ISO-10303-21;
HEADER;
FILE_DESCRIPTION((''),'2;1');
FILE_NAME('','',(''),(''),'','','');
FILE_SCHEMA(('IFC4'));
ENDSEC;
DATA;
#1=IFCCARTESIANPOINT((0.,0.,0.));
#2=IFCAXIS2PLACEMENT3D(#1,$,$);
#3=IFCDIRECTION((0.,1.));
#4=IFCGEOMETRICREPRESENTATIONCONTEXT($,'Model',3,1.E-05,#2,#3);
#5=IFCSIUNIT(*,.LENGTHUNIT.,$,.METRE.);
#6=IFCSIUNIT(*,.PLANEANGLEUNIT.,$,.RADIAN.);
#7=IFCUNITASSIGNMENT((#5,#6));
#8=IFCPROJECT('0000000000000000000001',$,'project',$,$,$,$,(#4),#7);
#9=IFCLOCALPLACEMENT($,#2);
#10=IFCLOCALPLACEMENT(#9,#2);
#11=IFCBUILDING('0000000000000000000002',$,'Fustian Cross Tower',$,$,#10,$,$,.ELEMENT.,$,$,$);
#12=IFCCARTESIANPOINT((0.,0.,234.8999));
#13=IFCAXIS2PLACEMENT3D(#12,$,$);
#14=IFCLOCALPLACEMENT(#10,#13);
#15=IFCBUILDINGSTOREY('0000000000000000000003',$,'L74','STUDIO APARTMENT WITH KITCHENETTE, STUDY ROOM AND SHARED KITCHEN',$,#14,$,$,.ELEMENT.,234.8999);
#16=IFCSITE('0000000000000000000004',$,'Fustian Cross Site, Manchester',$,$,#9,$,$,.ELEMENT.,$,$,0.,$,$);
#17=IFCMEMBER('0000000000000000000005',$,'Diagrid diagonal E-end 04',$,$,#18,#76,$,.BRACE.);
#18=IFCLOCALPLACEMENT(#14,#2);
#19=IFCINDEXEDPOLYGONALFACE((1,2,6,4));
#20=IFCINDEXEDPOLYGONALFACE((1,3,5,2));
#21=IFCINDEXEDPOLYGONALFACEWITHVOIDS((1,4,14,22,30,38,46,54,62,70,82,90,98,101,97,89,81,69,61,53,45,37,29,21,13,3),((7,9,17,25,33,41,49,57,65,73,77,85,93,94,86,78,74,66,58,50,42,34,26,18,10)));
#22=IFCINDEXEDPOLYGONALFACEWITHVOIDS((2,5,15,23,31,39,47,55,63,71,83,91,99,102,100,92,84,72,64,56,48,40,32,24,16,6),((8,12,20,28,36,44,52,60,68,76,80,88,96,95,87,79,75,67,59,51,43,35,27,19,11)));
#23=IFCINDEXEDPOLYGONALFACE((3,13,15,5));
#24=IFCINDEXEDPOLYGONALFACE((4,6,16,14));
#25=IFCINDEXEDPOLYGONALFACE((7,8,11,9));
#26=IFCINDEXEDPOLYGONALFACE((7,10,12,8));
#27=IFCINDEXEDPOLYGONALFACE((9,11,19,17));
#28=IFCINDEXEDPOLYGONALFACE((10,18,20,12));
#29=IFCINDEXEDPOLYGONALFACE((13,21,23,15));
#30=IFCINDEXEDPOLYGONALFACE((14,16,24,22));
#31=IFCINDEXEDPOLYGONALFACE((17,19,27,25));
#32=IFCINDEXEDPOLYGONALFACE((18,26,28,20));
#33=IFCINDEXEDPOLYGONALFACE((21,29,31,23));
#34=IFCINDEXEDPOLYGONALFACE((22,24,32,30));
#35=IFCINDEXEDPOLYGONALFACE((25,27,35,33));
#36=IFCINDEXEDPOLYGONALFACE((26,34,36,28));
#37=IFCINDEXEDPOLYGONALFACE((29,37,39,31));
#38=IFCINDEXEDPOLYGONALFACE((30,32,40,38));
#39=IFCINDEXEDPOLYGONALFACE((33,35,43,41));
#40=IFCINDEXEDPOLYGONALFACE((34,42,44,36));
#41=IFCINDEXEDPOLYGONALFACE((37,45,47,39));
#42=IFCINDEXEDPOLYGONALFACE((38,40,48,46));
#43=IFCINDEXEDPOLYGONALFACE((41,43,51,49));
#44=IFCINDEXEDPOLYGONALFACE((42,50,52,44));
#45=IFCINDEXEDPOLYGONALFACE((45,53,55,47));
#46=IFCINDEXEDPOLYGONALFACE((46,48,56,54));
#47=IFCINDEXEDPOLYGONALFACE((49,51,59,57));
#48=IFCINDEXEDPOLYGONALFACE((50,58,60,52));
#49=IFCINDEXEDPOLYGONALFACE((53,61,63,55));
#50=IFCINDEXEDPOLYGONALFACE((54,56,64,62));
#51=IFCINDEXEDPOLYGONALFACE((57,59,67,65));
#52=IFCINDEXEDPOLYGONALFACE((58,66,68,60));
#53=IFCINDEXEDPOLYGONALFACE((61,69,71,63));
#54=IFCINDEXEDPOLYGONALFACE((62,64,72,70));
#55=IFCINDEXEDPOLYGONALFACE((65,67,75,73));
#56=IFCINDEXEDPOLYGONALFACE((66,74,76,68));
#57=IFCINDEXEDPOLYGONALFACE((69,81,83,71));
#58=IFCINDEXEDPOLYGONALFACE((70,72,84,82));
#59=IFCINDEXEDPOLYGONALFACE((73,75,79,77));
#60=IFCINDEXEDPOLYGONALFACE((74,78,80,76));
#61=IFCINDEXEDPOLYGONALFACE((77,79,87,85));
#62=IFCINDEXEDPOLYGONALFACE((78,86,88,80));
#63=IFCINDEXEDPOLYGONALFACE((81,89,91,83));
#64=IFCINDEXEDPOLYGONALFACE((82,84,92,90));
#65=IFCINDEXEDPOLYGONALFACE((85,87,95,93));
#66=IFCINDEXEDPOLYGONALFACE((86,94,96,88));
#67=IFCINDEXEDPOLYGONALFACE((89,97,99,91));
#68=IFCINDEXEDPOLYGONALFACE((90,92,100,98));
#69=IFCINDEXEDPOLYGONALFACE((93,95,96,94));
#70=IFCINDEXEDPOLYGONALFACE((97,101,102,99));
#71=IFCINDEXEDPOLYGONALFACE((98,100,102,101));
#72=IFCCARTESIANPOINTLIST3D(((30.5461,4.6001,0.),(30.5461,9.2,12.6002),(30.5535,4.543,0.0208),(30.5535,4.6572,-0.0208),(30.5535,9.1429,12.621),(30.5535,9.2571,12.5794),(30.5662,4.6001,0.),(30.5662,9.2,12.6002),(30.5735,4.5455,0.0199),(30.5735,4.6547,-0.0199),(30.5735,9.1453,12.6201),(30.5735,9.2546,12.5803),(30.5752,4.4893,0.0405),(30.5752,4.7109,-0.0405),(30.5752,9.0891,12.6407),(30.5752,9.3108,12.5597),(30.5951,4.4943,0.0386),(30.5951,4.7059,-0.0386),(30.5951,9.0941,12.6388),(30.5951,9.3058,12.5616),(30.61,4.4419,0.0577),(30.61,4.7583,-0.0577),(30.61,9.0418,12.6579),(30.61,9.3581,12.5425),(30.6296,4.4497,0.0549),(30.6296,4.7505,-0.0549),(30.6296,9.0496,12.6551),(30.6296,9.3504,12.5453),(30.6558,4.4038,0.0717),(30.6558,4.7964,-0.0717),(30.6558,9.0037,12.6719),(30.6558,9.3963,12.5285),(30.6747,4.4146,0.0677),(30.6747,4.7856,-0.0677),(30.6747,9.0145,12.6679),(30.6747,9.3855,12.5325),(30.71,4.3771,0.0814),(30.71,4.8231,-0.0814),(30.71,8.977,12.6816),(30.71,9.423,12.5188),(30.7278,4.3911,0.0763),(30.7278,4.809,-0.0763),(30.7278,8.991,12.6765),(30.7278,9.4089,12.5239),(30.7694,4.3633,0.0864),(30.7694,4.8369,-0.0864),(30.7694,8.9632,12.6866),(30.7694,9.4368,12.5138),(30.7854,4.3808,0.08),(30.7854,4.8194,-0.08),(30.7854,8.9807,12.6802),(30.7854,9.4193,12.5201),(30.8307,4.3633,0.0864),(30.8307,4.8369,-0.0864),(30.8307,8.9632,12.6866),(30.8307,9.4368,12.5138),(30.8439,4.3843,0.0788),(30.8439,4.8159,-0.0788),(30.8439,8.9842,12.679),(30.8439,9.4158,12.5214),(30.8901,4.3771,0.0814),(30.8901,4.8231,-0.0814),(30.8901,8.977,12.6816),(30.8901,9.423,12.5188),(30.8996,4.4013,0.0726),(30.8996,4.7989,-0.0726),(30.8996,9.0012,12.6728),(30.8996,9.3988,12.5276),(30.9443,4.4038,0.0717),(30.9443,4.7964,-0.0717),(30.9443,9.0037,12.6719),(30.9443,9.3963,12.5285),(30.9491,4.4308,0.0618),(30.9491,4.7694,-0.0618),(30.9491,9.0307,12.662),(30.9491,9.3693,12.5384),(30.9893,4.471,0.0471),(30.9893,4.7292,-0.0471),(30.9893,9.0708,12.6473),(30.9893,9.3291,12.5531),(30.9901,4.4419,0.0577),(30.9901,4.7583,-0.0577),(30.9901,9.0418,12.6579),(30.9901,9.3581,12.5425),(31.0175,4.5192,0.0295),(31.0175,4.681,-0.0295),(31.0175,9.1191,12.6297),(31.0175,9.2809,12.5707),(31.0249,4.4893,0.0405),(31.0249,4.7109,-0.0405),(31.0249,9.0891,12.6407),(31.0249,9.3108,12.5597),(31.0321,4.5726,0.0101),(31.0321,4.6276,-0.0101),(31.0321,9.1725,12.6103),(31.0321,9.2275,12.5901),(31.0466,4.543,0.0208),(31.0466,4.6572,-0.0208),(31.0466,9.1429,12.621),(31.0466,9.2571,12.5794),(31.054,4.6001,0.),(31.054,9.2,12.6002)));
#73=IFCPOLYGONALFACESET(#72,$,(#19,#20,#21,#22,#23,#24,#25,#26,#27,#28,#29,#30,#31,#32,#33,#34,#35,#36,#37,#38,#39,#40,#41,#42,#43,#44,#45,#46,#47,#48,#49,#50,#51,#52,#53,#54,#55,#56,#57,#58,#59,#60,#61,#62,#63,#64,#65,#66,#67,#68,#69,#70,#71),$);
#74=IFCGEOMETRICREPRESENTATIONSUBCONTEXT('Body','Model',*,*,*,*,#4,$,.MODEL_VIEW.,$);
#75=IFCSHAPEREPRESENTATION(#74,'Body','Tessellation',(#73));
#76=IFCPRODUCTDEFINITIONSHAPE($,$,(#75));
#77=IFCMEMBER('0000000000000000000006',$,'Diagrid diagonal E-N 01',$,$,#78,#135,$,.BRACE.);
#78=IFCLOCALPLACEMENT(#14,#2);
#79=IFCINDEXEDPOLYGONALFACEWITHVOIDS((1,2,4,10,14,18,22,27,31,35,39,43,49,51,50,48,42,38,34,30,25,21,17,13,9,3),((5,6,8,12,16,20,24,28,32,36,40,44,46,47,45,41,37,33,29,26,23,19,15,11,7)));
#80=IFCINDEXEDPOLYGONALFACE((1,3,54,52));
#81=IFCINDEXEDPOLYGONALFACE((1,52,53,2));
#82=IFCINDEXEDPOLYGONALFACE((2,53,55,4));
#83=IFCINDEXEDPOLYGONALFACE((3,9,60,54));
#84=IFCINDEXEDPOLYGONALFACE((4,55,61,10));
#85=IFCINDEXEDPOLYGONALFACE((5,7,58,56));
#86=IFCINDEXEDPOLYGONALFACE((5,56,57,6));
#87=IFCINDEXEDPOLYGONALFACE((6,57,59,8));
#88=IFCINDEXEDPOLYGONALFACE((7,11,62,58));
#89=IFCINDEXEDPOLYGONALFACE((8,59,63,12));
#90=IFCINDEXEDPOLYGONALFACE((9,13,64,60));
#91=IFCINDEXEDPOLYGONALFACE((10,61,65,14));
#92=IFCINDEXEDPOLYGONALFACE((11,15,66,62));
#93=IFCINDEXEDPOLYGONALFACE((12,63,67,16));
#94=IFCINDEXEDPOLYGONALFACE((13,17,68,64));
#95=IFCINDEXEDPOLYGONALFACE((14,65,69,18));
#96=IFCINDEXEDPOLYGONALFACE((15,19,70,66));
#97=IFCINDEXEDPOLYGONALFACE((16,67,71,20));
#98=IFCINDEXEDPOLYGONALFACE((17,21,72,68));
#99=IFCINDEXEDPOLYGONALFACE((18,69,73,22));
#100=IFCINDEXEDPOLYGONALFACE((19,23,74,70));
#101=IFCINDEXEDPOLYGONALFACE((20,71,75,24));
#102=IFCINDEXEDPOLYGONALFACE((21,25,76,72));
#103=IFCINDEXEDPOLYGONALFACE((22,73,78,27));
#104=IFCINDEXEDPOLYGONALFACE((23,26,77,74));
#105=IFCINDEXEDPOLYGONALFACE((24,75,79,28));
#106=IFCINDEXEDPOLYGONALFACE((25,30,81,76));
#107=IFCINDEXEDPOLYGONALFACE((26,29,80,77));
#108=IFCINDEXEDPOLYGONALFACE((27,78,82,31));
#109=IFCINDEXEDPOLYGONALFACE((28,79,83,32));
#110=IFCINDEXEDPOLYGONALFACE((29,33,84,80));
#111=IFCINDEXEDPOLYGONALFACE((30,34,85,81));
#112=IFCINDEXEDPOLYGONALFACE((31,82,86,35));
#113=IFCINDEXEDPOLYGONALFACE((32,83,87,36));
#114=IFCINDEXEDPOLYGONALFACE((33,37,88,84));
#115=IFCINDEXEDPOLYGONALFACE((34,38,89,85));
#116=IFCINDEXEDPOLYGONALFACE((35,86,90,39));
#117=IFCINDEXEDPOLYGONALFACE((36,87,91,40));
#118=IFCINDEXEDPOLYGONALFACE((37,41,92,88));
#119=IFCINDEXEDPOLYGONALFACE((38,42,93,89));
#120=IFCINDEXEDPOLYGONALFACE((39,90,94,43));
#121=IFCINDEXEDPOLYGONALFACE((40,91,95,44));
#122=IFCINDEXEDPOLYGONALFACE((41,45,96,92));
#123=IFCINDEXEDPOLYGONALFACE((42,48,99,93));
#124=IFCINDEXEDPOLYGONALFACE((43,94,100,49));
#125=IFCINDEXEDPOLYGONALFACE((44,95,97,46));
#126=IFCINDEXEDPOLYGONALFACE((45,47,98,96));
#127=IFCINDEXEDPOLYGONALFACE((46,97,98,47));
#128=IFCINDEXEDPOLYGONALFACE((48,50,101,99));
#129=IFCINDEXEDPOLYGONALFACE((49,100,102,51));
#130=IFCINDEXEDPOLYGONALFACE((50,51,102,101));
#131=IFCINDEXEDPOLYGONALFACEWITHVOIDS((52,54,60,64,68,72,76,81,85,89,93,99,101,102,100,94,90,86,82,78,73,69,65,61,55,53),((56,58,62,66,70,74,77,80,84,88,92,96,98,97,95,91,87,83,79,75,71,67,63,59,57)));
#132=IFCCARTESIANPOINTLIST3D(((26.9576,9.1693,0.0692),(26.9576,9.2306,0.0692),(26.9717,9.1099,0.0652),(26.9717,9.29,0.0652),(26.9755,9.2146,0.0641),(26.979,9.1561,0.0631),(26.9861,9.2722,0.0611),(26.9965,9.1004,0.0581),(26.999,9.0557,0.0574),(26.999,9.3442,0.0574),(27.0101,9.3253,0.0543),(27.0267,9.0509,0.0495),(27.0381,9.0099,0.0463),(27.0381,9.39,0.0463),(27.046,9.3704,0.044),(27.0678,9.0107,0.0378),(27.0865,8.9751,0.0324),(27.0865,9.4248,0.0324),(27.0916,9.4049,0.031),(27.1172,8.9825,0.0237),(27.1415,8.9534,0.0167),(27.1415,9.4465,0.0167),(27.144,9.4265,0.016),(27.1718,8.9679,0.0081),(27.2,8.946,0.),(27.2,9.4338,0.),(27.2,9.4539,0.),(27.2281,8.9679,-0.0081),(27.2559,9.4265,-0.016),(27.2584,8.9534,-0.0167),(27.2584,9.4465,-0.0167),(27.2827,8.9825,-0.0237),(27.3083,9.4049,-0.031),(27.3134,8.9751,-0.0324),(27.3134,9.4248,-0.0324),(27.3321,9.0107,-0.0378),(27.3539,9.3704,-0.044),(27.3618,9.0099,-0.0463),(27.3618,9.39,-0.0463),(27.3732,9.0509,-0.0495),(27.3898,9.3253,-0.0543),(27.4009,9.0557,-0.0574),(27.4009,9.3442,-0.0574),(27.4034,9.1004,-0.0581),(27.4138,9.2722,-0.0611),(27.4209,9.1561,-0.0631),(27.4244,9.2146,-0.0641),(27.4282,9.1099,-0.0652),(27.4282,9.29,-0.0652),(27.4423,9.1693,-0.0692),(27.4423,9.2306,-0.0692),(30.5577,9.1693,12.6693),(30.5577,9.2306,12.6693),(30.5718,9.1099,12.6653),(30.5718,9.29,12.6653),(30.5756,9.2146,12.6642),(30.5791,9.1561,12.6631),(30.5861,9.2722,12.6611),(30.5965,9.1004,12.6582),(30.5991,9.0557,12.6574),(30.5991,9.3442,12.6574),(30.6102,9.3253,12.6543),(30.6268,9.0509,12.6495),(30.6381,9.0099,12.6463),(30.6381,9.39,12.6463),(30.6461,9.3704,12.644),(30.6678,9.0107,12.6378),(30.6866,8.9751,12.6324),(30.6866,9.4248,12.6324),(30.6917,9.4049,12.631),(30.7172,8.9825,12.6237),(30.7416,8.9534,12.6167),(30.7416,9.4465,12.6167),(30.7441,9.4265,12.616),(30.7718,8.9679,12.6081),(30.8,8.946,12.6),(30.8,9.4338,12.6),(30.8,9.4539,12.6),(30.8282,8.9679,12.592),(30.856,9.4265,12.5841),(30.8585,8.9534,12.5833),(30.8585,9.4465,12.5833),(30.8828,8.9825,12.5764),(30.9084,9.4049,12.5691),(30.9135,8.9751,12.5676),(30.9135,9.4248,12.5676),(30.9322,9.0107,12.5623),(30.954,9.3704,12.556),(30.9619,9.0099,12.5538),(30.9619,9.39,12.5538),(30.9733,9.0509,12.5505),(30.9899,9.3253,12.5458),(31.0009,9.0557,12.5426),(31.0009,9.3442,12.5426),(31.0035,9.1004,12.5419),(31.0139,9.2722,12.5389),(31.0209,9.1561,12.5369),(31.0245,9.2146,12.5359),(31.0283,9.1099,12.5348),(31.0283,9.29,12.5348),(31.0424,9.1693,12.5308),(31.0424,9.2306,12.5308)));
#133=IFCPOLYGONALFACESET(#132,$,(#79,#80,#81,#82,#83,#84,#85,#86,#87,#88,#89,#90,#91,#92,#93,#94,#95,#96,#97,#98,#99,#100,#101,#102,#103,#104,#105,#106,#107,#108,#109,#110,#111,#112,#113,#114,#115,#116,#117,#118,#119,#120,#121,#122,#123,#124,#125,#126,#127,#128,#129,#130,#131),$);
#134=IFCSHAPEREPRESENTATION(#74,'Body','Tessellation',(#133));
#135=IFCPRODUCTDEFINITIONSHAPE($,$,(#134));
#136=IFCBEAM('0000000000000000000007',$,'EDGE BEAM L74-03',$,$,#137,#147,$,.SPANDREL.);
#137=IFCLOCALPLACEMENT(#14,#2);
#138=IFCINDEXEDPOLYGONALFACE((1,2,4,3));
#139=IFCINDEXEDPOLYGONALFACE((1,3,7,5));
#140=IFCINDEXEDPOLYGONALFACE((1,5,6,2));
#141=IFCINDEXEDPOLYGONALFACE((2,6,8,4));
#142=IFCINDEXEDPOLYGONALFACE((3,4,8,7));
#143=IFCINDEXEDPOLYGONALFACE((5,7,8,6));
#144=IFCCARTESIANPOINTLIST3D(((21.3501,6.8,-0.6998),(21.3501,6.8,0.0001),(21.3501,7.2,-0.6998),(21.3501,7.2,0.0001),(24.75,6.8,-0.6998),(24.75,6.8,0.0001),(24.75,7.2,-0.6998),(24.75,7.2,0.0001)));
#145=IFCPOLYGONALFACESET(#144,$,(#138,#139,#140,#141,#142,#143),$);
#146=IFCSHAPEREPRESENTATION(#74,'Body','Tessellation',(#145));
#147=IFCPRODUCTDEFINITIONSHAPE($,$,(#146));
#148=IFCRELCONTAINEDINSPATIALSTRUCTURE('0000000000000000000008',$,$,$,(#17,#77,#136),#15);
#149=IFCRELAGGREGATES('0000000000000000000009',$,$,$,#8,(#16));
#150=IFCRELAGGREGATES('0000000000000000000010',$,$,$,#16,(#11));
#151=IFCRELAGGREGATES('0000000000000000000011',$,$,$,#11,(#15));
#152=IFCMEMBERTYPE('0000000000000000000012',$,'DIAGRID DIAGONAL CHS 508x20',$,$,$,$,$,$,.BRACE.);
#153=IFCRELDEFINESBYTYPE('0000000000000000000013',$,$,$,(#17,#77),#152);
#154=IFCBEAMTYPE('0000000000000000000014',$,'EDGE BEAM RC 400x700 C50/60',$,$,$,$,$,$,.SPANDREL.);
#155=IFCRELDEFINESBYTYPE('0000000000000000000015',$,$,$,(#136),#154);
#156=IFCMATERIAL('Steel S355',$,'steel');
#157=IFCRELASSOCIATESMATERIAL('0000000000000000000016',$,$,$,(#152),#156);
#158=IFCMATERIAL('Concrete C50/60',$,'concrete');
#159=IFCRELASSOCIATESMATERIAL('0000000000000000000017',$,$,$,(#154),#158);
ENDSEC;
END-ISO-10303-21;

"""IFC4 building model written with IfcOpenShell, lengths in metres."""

from ifc_helpers import new_model, si_unit, direction, frame, origin, origin_2d, place, context, subcontext, project, spatial, rectangle, hollow_circle, extrude, material, material_profile, profile_set, type_object, element, save


model = new_model("IFC4")

# Units and contexts
model_context = context("Model", 3, precision=1e-05, world=origin(), true_north=direction((0.0, 1.0)))
body_context = subcontext(model_context, "Body", "Model", "MODEL_VIEW")
ifc_project = project(units=[si_unit("LENGTHUNIT", "METRE"), si_unit("PLANEANGLEUNIT", "RADIAN")], contexts=[model_context])

# Site, building, storey
site_placement = place(None, origin())
site = spatial("IfcSite", under=ifc_project, at=site_placement, Name="Fustian Cross Site, Manchester", CompositionType="ELEMENT", RefElevation=0.0)
building_placement = place(site_placement, origin())
building = spatial("IfcBuilding", under=site, at=building_placement, Name="Fustian Cross Tower", CompositionType="ELEMENT")
storey_placement = place(building_placement, frame((0.0, 0.0, 234.8999)))
storey = spatial("IfcBuildingStorey", under=building, at=storey_placement, Name="L74", Description="STUDIO APARTMENT WITH KITCHENETTE, STUDY ROOM AND SHARED KITCHEN", CompositionType="ELEMENT", Elevation=234.8999)

# Members
ifc_material_1 = material(Name="Steel S355", Category="steel")
ifc_material_profile_1 = material_profile(ifc_material_1, hollow_circle(Radius=0.2539, WallThickness=0.02, at=origin_2d()), Name="CHS 508x20")
ifc_profile_set_1 = profile_set([ifc_material_profile_1], Name="Steel S355")
member_type_1 = type_object("IfcMemberType", Name="DIAGRID DIAGONAL CHS 508x20", PredefinedType="BRACE", material=ifc_profile_set_1)
member_1_placement = place(storey_placement, frame((30.8, 4.6001, 0.0), z_axis=(0.0, 0.342928, 0.939362), x_axis=(-1.0, 0.0, 0.0)))
element("IfcMember", 1, at=member_1_placement, inside=storey, type_object=member_type_1, Name="Diagrid diagonal E-end 04", PredefinedType="BRACE", context=body_context, shape_type="SweptSolid", body=[
    extrude(hollow_circle(Radius=0.2539, WallThickness=0.02, at=origin_2d()), origin(), (0.0, 0.0, 1.0), 13.4136),
])
member_2_placement = place(storey_placement, frame((27.2, 9.2, 0.0), z_axis=(0.274726, 0.0, 0.961523), x_axis=(0.0, 1.0, 0.0)))
element("IfcMember", 2, at=member_2_placement, inside=storey, type_object=member_type_1, Name="Diagrid diagonal E-N 01", PredefinedType="BRACE", context=body_context, shape_type="SweptSolid", body=[
    extrude(hollow_circle(Radius=0.2539, WallThickness=0.02, at=origin_2d()), origin(), (0.0, 0.0, 1.0), 13.1042),
])

# Beam
ifc_material_2 = material(Name="Concrete C50/60", Category="concrete")
ifc_material_profile_2 = material_profile(ifc_material_2, rectangle(XDim=0.3999, YDim=0.7, at=origin_2d()), Name="RC 400x700")
ifc_profile_set_2 = profile_set([ifc_material_profile_2], Name="Concrete C50/60")
beam_type = type_object("IfcBeamType", Name="EDGE BEAM RC 400x700 C50/60", PredefinedType="SPANDREL", material=ifc_profile_set_2)
beam_placement = place(storey_placement, frame((24.75, 7.0, -0.3499), z_axis=(-1.0, 0.0, 0.0), x_axis=(0.0, -1.0, 0.0)))
element("IfcBeam", 3, at=beam_placement, inside=storey, type_object=beam_type, Name="EDGE BEAM L74-03", PredefinedType="SPANDREL", context=body_context, shape_type="SweptSolid", body=[
    extrude(rectangle(XDim=0.3999, YDim=0.7, at=origin_2d()), origin(), (0.0, 0.0, 1.0), 3.3999),
])

save(model, "model.ifc")
